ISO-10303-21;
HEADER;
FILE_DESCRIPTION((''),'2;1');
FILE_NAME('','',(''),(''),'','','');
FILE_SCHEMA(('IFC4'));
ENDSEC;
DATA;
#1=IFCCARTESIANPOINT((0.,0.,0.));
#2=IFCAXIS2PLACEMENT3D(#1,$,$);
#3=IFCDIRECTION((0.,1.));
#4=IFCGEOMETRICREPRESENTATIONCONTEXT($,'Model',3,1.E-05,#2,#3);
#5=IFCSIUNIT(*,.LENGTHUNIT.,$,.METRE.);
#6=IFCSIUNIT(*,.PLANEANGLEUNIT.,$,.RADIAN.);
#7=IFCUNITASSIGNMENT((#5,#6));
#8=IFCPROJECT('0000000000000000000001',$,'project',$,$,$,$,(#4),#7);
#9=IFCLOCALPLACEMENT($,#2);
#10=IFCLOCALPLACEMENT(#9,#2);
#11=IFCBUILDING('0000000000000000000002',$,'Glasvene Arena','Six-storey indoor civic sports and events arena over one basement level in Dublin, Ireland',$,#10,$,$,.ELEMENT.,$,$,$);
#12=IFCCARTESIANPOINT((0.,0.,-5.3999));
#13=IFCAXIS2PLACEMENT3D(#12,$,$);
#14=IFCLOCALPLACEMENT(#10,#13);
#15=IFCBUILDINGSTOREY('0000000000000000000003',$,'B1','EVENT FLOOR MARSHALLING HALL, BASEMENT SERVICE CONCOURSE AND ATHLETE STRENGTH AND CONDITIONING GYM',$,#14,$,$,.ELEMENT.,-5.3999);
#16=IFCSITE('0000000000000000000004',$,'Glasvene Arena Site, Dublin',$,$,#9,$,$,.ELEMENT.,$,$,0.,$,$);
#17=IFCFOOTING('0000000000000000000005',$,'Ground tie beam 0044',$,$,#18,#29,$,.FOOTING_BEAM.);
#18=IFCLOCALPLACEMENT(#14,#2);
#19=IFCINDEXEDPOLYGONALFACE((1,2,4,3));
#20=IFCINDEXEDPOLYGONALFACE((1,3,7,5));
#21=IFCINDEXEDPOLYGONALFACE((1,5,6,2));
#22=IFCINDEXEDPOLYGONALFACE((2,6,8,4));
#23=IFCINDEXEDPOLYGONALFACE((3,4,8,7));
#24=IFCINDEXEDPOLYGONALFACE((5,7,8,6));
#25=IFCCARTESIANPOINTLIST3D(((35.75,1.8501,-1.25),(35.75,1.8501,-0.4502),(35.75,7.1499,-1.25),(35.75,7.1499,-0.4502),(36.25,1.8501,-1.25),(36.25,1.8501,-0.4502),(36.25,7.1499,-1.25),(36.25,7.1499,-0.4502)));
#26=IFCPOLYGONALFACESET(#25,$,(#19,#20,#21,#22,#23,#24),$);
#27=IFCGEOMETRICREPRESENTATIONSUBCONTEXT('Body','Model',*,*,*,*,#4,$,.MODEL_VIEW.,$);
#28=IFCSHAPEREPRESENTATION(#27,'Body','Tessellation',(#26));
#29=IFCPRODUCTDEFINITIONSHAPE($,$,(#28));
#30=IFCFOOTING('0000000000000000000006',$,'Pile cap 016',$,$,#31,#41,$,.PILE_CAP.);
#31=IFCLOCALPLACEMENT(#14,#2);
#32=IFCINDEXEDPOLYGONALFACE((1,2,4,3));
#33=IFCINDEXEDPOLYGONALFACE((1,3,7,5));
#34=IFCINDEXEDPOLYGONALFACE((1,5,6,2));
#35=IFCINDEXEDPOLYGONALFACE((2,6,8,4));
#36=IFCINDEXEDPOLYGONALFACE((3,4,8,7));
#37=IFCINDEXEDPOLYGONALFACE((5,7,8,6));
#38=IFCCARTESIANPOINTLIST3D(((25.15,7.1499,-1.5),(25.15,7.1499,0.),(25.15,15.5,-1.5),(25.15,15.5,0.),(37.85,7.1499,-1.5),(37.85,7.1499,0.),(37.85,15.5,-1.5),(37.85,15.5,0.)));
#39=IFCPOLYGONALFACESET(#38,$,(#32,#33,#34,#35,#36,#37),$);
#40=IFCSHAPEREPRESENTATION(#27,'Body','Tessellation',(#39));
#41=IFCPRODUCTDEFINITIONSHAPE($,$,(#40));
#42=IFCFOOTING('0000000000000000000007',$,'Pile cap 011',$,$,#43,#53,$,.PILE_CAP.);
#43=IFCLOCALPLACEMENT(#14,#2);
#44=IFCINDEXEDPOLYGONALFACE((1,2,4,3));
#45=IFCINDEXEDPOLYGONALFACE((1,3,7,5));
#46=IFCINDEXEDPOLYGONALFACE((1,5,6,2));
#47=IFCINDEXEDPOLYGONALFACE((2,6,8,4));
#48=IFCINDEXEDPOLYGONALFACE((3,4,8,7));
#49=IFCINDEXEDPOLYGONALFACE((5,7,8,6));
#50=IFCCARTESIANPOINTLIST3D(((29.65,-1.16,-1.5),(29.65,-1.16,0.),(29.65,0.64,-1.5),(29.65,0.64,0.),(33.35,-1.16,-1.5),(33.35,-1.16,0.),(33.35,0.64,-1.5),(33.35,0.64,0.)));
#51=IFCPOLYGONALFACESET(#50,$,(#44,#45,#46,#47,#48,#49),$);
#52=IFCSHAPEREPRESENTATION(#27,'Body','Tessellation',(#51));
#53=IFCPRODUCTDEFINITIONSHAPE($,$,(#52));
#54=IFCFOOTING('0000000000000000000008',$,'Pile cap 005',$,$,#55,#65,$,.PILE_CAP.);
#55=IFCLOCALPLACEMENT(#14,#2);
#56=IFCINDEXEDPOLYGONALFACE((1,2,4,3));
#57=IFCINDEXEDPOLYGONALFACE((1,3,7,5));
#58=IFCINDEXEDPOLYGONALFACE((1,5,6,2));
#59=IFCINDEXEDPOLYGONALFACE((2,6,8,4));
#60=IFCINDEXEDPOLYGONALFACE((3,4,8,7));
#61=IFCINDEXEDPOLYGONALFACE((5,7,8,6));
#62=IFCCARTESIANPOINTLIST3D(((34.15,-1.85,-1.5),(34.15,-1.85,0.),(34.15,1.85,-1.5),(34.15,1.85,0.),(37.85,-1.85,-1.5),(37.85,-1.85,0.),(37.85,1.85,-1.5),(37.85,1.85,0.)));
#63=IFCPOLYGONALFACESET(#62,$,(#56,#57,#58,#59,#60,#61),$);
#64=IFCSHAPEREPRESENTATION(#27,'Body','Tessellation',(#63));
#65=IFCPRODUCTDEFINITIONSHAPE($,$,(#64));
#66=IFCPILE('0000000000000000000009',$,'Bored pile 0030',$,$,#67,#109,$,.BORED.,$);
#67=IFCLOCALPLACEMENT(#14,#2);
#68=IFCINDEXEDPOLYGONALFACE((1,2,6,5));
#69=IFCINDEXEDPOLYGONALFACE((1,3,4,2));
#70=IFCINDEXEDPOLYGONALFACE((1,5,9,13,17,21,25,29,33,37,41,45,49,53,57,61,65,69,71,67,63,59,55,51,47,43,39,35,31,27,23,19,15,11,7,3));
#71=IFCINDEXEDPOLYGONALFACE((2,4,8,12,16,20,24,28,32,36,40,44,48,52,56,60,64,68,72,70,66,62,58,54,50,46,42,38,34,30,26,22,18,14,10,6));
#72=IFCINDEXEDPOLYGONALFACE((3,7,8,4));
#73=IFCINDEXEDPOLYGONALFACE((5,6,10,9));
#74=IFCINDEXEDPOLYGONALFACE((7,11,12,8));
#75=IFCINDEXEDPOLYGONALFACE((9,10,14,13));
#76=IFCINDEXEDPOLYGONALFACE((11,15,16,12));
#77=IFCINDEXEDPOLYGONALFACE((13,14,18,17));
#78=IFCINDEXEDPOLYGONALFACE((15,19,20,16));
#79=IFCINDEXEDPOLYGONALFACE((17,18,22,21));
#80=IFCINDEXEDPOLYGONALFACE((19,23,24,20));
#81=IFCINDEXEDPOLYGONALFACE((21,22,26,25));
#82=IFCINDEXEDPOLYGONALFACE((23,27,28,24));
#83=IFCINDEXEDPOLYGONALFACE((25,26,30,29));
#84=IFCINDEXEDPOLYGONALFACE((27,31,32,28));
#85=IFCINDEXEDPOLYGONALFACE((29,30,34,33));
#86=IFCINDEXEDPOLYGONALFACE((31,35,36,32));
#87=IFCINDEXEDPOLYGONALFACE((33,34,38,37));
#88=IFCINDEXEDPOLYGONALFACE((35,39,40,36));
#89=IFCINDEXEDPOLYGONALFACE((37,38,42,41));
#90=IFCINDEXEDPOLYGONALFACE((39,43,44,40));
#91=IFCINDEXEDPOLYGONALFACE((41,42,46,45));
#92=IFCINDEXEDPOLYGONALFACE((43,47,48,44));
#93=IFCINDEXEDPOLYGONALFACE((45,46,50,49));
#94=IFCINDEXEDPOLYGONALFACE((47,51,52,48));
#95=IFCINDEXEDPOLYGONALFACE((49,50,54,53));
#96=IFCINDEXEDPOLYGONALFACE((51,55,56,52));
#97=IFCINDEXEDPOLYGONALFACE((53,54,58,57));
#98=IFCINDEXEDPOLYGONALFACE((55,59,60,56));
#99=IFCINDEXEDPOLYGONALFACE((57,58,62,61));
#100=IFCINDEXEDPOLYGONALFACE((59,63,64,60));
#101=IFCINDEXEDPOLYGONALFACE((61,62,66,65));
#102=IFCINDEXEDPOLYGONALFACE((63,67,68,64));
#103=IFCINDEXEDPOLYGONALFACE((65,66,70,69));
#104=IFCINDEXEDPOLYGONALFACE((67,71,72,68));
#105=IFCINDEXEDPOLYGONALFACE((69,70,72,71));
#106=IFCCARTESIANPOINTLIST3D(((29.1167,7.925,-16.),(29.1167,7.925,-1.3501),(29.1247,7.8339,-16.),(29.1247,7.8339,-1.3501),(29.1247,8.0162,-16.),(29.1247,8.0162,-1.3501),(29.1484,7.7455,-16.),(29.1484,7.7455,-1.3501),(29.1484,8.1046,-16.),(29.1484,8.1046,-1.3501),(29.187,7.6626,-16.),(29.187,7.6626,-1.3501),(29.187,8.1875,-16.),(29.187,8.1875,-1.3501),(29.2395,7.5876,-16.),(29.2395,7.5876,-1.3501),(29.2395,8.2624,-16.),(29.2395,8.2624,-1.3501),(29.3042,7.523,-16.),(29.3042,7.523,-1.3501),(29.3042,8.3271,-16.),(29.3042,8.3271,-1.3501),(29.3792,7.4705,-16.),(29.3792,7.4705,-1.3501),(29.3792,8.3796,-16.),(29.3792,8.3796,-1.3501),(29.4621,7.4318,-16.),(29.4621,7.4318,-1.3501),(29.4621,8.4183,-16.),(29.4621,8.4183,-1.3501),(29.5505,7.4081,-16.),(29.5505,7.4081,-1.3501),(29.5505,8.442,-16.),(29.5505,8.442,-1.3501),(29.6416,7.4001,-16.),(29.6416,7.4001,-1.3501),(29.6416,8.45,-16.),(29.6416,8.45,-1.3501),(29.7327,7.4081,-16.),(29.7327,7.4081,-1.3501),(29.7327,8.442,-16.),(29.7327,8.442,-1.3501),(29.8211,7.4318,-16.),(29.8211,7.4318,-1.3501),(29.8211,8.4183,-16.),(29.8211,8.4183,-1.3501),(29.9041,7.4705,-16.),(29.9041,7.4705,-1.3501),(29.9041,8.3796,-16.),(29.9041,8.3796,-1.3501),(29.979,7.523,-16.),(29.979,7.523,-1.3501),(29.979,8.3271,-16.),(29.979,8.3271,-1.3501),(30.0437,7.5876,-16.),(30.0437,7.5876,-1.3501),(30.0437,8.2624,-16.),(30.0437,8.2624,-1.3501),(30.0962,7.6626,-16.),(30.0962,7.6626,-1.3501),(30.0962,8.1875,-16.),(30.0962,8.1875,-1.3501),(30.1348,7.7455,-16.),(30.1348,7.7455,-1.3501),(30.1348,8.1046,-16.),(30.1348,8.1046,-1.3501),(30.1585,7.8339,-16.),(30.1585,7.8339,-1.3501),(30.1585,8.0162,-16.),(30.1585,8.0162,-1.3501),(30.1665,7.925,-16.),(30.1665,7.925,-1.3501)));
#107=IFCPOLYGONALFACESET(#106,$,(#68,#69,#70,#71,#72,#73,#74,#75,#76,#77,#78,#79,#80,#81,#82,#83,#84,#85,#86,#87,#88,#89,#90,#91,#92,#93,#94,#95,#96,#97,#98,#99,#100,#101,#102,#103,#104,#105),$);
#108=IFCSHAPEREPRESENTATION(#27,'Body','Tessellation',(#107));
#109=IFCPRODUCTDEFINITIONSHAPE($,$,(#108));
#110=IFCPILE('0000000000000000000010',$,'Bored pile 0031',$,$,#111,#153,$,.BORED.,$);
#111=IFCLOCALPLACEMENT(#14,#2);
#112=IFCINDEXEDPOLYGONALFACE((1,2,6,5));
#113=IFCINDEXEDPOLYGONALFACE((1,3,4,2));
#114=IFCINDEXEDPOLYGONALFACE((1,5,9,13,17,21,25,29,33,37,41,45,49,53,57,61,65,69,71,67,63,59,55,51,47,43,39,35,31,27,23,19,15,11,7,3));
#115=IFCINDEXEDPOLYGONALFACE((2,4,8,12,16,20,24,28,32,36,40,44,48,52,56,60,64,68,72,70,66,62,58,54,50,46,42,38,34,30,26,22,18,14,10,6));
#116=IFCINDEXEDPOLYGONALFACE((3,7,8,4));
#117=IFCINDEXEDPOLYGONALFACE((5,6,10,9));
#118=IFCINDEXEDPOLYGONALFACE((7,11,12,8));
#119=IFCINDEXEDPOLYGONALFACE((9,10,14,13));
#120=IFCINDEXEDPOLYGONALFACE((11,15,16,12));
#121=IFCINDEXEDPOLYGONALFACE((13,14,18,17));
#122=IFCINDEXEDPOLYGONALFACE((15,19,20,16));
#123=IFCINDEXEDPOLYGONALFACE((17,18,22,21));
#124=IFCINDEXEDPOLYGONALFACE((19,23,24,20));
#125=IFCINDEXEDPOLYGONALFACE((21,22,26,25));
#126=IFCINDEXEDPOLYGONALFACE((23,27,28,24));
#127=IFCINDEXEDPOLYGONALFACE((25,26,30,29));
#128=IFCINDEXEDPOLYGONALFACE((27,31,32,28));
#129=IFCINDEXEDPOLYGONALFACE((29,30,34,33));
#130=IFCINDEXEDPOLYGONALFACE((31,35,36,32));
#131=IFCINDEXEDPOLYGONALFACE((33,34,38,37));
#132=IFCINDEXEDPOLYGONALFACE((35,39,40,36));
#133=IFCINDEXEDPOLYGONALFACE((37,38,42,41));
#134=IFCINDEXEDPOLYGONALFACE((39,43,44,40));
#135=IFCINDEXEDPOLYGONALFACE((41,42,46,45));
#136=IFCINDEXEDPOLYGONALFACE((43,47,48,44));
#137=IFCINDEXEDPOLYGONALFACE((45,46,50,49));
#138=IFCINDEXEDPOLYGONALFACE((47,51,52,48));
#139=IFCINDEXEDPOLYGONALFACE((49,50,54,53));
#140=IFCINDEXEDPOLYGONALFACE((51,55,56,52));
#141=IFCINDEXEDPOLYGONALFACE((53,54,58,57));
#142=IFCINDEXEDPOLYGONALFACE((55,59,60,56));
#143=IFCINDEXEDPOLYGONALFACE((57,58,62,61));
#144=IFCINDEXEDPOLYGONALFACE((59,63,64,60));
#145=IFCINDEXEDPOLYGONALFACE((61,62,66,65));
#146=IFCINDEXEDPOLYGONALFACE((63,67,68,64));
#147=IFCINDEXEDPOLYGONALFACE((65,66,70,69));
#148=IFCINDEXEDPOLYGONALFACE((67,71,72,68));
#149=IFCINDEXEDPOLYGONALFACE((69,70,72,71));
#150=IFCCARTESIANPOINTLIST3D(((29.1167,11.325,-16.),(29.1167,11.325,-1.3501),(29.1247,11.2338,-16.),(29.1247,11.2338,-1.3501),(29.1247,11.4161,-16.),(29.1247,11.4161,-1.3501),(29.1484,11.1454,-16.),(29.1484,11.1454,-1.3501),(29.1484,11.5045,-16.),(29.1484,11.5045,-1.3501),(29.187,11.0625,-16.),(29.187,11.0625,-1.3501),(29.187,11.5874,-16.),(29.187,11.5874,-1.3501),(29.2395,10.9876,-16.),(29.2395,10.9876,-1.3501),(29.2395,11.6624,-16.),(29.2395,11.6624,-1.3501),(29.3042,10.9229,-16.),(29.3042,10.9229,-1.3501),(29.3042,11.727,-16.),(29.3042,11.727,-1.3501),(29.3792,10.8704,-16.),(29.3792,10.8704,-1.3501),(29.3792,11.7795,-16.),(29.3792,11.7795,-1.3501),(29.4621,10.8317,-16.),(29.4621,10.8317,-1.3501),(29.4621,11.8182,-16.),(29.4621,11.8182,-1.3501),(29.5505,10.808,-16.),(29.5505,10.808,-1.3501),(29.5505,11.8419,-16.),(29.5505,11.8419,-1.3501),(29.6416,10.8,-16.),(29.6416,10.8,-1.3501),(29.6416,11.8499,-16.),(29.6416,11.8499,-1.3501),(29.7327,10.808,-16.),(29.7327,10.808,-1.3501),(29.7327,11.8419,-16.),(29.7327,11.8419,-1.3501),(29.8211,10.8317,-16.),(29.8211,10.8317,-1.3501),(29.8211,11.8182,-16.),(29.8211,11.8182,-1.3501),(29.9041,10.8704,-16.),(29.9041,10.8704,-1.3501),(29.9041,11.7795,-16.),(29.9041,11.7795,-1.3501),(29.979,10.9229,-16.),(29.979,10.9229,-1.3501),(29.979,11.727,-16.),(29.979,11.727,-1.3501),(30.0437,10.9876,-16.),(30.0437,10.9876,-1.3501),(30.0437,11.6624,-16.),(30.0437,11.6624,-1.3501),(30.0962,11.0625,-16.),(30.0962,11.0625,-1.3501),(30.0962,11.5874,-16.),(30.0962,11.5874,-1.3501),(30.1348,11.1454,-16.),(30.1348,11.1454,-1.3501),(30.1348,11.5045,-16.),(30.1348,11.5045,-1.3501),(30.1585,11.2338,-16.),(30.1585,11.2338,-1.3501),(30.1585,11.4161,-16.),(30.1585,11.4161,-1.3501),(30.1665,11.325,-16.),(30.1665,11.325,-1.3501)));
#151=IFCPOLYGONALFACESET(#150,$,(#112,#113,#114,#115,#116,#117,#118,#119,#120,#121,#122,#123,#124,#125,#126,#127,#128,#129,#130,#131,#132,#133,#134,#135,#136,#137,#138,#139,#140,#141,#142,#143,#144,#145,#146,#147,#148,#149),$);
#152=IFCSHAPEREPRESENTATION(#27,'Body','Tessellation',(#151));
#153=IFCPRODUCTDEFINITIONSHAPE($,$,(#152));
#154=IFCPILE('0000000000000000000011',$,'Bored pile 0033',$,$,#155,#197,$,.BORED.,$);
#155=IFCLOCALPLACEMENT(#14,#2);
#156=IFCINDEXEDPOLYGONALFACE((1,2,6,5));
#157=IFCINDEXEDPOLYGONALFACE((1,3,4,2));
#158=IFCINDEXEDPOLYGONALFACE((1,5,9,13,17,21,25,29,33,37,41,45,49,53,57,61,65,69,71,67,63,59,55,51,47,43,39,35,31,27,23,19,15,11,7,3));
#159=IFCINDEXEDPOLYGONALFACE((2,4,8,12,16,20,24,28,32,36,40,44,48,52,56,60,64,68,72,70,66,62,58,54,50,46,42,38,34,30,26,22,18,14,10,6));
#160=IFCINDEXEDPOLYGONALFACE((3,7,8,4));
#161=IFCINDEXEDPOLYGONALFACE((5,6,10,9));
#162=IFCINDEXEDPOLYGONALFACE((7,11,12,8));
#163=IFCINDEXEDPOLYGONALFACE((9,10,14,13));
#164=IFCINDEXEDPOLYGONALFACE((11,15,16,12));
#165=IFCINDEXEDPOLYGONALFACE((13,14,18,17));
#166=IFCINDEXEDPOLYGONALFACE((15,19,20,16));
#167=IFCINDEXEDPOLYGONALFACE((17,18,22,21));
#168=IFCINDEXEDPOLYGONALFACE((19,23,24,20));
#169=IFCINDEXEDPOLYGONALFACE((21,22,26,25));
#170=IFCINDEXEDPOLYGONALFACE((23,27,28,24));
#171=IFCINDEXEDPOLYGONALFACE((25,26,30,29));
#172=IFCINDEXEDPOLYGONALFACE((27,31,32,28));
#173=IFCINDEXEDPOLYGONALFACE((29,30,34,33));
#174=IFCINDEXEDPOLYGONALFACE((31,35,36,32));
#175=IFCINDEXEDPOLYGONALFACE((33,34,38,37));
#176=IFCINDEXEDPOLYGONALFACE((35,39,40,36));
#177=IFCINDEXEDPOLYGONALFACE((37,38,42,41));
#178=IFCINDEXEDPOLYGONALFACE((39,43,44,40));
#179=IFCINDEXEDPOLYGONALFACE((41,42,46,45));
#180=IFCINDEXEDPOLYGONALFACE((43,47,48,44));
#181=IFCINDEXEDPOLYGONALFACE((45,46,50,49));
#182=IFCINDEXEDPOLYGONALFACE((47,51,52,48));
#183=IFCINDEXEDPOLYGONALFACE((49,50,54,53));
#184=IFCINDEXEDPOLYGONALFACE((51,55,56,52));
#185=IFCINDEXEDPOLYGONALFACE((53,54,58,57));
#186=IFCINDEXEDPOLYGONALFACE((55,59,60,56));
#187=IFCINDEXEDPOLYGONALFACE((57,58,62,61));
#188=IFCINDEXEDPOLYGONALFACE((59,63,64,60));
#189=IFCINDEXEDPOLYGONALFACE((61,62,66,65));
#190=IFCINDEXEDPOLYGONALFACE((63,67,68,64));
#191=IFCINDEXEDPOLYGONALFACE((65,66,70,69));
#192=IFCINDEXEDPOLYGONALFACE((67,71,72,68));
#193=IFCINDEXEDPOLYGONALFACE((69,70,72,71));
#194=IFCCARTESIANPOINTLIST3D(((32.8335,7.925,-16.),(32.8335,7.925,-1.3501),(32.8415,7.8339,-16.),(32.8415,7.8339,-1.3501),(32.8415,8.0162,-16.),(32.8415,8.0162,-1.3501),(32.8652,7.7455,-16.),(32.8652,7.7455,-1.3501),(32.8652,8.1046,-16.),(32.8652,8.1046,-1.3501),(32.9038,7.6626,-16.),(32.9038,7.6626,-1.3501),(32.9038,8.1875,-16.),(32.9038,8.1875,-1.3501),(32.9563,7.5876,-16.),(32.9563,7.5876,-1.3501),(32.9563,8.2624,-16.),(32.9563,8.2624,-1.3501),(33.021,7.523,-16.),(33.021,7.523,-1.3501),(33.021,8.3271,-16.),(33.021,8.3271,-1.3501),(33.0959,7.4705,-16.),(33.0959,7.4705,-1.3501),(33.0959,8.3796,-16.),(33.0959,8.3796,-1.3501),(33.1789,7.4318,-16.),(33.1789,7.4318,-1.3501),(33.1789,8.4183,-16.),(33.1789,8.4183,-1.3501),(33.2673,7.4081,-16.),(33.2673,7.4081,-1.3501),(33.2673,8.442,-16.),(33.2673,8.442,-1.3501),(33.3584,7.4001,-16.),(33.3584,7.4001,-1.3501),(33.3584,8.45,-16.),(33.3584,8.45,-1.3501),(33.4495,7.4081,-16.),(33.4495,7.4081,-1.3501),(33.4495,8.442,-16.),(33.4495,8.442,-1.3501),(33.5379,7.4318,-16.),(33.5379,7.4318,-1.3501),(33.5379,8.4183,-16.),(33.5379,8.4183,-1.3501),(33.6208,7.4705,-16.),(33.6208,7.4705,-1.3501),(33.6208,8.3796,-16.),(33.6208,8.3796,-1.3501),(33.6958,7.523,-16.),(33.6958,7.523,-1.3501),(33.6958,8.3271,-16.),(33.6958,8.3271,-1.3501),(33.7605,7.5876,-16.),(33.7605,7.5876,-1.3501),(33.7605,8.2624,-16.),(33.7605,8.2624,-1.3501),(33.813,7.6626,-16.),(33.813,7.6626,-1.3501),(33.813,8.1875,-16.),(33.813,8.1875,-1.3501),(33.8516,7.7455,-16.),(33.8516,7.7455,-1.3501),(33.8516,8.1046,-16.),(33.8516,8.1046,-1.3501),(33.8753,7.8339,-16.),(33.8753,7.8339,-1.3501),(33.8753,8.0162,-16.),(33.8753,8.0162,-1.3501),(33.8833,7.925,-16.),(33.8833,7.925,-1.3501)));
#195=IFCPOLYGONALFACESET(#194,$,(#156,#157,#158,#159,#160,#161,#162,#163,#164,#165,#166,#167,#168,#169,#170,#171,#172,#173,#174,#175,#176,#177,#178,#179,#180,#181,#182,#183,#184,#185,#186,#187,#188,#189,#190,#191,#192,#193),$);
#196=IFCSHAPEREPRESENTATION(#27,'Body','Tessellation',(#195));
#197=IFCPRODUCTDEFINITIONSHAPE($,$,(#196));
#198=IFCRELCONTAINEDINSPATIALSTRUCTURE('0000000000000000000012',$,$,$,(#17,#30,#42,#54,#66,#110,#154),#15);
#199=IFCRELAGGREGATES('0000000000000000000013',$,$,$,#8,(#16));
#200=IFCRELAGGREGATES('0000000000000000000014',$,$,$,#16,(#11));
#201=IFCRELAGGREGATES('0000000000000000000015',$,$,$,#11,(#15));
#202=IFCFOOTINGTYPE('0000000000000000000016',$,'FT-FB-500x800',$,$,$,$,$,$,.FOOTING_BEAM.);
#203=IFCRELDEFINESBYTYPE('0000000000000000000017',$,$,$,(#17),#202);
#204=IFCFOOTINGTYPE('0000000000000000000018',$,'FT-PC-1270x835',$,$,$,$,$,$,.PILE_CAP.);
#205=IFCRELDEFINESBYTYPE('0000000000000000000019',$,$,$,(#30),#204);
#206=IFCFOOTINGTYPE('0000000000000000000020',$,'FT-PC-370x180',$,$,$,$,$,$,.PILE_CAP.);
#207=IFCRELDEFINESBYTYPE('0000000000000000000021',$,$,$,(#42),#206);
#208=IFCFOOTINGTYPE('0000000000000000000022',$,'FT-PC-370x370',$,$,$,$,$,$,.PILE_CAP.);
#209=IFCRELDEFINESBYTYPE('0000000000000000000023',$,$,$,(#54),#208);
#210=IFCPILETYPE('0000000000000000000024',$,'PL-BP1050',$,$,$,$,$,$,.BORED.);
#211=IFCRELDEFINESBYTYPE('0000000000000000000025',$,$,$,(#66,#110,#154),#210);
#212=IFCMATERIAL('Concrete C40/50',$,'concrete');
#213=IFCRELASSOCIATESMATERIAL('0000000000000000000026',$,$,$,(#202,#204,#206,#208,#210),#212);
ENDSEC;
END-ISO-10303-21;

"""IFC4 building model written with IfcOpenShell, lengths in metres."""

from ifc_helpers import new_model, si_unit, direction, frame, origin, origin_2d, place, context, subcontext, project, spatial, polyline, rectangle, circle, outline, extrude, material, material_profile, profile_set, type_object, element, save


model = new_model("IFC4")

# Units and contexts
model_context = context("Model", 3, precision=1e-05, world=origin(), true_north=direction((0.0, 1.0)))
body_context = subcontext(model_context, "Body", "Model", "MODEL_VIEW")
ifc_project = project(units=[si_unit("LENGTHUNIT", "METRE"), si_unit("PLANEANGLEUNIT", "RADIAN")], contexts=[model_context])

# Site, building, storey
site_placement = place(None, origin())
site = spatial("IfcSite", under=ifc_project, at=site_placement, Name="Glasvene Arena Site, Dublin", CompositionType="ELEMENT", RefElevation=0.0)
building_placement = place(site_placement, origin())
building = spatial("IfcBuilding", under=site, at=building_placement, Name="Glasvene Arena", Description="Six-storey indoor civic sports and events arena over one basement level in Dublin, Ireland", CompositionType="ELEMENT")
storey_placement = place(building_placement, frame((0.0, 0.0, -5.3999)))
storey = spatial("IfcBuildingStorey", under=building, at=storey_placement, Name="B1", Description="EVENT FLOOR MARSHALLING HALL, BASEMENT SERVICE CONCOURSE AND ATHLETE STRENGTH AND CONDITIONING GYM", CompositionType="ELEMENT", Elevation=-5.3999)

# Footings
ifc_material_1 = material(Name="Concrete C40/50", Category="concrete")
footing_type_1 = type_object("IfcFootingType", Name="FT-FB-500x800", PredefinedType="FOOTING_BEAM", material=ifc_material_1)
footing_1_placement = place(storey_placement, frame((36.0, 4.5, -1.25)))
element("IfcFooting", 1, at=footing_1_placement, inside=storey, type_object=footing_type_1, Name="Ground tie beam 0044", PredefinedType="FOOTING_BEAM", context=body_context, shape_type="SweptSolid", body=[
    extrude(outline(polyline([(-0.25, -2.6499), (0.25, -2.6499), (0.25, 2.6499), (-0.25, 2.6499), (-0.25, -2.6499)])), origin(), (0.0, 0.0, 1.0), 0.7998),
])
footing_type_2 = type_object("IfcFootingType", Name="FT-PC-1270x835", PredefinedType="PILE_CAP", material=ifc_material_1)
footing_2_placement = place(storey_placement, frame((31.5, 11.325, -1.5), z_axis=(0.0, 0.0, 1.0), x_axis=(1.0, 0.0, 0.0)))
element("IfcFooting", 2, at=footing_2_placement, inside=storey, type_object=footing_type_2, Name="Pile cap 016", PredefinedType="PILE_CAP", context=body_context, shape_type="SweptSolid", body=[
    extrude(rectangle(XDim=12.7, YDim=8.3501, at=origin_2d()), origin(), (0.0, 0.0, 1.0), 1.5),
])
footing_type_3 = type_object("IfcFootingType", Name="FT-PC-370x180", PredefinedType="PILE_CAP", material=ifc_material_1)
footing_3_placement = place(storey_placement, frame((31.5, -0.26, -1.5), z_axis=(0.0, 0.0, 1.0), x_axis=(1.0, 0.0, 0.0)))
element("IfcFooting", 3, at=footing_3_placement, inside=storey, type_object=footing_type_3, Name="Pile cap 011", PredefinedType="PILE_CAP", context=body_context, shape_type="SweptSolid", body=[
    extrude(rectangle(XDim=3.7, YDim=1.8, at=origin_2d()), origin(), (0.0, 0.0, 1.0), 1.5),
])
footing_type_4 = type_object("IfcFootingType", Name="FT-PC-370x370", PredefinedType="PILE_CAP", material=ifc_material_1)
footing_4_placement = place(storey_placement, frame((36.0, 0.0, -1.5), z_axis=(0.0, 0.0, 1.0), x_axis=(1.0, 0.0, 0.0)))
element("IfcFooting", 4, at=footing_4_placement, inside=storey, type_object=footing_type_4, Name="Pile cap 005", PredefinedType="PILE_CAP", context=body_context, shape_type="SweptSolid", body=[
    extrude(rectangle(XDim=3.7, YDim=3.7, at=origin_2d()), origin(), (0.0, 0.0, 1.0), 1.5),
])

# Piles
ifc_material_profile_1 = material_profile(ifc_material_1, circle(Radius=0.5249, at=origin_2d()), Name="BORED PILE 1050")
ifc_profile_set_1 = profile_set([ifc_material_profile_1], Name="Concrete C40/50")
pile_type_1 = type_object("IfcPileType", Name="PL-BP1050", PredefinedType="BORED", material=ifc_profile_set_1)
for number, where, z_axis, x_axis, name in (
    (5, (29.6416, 7.925, -1.3501), (0.0, 0.0, -1.0), (1.0, 0.0, 0.0), "Bored pile 0030"),
    (6, (29.6416, 11.325, -1.3501), (0.0, 0.0, -1.0), (1.0, 0.0, 0.0), "Bored pile 0031"),
    (7, (33.3584, 7.925, -1.3501), (0.0, 0.0, -1.0), (1.0, 0.0, 0.0), "Bored pile 0033"),
):
    element("IfcPile", number, at=place(storey_placement, frame(where, z_axis=z_axis, x_axis=x_axis)), inside=storey, type_object=pile_type_1, Name=name, PredefinedType="BORED", context=body_context, shape_type="SweptSolid", body=[
        extrude(circle(Radius=0.5249, at=origin_2d()), origin(), (0.0, 0.0, 1.0), 14.6499),
    ])

save(model, "model.ifc")
